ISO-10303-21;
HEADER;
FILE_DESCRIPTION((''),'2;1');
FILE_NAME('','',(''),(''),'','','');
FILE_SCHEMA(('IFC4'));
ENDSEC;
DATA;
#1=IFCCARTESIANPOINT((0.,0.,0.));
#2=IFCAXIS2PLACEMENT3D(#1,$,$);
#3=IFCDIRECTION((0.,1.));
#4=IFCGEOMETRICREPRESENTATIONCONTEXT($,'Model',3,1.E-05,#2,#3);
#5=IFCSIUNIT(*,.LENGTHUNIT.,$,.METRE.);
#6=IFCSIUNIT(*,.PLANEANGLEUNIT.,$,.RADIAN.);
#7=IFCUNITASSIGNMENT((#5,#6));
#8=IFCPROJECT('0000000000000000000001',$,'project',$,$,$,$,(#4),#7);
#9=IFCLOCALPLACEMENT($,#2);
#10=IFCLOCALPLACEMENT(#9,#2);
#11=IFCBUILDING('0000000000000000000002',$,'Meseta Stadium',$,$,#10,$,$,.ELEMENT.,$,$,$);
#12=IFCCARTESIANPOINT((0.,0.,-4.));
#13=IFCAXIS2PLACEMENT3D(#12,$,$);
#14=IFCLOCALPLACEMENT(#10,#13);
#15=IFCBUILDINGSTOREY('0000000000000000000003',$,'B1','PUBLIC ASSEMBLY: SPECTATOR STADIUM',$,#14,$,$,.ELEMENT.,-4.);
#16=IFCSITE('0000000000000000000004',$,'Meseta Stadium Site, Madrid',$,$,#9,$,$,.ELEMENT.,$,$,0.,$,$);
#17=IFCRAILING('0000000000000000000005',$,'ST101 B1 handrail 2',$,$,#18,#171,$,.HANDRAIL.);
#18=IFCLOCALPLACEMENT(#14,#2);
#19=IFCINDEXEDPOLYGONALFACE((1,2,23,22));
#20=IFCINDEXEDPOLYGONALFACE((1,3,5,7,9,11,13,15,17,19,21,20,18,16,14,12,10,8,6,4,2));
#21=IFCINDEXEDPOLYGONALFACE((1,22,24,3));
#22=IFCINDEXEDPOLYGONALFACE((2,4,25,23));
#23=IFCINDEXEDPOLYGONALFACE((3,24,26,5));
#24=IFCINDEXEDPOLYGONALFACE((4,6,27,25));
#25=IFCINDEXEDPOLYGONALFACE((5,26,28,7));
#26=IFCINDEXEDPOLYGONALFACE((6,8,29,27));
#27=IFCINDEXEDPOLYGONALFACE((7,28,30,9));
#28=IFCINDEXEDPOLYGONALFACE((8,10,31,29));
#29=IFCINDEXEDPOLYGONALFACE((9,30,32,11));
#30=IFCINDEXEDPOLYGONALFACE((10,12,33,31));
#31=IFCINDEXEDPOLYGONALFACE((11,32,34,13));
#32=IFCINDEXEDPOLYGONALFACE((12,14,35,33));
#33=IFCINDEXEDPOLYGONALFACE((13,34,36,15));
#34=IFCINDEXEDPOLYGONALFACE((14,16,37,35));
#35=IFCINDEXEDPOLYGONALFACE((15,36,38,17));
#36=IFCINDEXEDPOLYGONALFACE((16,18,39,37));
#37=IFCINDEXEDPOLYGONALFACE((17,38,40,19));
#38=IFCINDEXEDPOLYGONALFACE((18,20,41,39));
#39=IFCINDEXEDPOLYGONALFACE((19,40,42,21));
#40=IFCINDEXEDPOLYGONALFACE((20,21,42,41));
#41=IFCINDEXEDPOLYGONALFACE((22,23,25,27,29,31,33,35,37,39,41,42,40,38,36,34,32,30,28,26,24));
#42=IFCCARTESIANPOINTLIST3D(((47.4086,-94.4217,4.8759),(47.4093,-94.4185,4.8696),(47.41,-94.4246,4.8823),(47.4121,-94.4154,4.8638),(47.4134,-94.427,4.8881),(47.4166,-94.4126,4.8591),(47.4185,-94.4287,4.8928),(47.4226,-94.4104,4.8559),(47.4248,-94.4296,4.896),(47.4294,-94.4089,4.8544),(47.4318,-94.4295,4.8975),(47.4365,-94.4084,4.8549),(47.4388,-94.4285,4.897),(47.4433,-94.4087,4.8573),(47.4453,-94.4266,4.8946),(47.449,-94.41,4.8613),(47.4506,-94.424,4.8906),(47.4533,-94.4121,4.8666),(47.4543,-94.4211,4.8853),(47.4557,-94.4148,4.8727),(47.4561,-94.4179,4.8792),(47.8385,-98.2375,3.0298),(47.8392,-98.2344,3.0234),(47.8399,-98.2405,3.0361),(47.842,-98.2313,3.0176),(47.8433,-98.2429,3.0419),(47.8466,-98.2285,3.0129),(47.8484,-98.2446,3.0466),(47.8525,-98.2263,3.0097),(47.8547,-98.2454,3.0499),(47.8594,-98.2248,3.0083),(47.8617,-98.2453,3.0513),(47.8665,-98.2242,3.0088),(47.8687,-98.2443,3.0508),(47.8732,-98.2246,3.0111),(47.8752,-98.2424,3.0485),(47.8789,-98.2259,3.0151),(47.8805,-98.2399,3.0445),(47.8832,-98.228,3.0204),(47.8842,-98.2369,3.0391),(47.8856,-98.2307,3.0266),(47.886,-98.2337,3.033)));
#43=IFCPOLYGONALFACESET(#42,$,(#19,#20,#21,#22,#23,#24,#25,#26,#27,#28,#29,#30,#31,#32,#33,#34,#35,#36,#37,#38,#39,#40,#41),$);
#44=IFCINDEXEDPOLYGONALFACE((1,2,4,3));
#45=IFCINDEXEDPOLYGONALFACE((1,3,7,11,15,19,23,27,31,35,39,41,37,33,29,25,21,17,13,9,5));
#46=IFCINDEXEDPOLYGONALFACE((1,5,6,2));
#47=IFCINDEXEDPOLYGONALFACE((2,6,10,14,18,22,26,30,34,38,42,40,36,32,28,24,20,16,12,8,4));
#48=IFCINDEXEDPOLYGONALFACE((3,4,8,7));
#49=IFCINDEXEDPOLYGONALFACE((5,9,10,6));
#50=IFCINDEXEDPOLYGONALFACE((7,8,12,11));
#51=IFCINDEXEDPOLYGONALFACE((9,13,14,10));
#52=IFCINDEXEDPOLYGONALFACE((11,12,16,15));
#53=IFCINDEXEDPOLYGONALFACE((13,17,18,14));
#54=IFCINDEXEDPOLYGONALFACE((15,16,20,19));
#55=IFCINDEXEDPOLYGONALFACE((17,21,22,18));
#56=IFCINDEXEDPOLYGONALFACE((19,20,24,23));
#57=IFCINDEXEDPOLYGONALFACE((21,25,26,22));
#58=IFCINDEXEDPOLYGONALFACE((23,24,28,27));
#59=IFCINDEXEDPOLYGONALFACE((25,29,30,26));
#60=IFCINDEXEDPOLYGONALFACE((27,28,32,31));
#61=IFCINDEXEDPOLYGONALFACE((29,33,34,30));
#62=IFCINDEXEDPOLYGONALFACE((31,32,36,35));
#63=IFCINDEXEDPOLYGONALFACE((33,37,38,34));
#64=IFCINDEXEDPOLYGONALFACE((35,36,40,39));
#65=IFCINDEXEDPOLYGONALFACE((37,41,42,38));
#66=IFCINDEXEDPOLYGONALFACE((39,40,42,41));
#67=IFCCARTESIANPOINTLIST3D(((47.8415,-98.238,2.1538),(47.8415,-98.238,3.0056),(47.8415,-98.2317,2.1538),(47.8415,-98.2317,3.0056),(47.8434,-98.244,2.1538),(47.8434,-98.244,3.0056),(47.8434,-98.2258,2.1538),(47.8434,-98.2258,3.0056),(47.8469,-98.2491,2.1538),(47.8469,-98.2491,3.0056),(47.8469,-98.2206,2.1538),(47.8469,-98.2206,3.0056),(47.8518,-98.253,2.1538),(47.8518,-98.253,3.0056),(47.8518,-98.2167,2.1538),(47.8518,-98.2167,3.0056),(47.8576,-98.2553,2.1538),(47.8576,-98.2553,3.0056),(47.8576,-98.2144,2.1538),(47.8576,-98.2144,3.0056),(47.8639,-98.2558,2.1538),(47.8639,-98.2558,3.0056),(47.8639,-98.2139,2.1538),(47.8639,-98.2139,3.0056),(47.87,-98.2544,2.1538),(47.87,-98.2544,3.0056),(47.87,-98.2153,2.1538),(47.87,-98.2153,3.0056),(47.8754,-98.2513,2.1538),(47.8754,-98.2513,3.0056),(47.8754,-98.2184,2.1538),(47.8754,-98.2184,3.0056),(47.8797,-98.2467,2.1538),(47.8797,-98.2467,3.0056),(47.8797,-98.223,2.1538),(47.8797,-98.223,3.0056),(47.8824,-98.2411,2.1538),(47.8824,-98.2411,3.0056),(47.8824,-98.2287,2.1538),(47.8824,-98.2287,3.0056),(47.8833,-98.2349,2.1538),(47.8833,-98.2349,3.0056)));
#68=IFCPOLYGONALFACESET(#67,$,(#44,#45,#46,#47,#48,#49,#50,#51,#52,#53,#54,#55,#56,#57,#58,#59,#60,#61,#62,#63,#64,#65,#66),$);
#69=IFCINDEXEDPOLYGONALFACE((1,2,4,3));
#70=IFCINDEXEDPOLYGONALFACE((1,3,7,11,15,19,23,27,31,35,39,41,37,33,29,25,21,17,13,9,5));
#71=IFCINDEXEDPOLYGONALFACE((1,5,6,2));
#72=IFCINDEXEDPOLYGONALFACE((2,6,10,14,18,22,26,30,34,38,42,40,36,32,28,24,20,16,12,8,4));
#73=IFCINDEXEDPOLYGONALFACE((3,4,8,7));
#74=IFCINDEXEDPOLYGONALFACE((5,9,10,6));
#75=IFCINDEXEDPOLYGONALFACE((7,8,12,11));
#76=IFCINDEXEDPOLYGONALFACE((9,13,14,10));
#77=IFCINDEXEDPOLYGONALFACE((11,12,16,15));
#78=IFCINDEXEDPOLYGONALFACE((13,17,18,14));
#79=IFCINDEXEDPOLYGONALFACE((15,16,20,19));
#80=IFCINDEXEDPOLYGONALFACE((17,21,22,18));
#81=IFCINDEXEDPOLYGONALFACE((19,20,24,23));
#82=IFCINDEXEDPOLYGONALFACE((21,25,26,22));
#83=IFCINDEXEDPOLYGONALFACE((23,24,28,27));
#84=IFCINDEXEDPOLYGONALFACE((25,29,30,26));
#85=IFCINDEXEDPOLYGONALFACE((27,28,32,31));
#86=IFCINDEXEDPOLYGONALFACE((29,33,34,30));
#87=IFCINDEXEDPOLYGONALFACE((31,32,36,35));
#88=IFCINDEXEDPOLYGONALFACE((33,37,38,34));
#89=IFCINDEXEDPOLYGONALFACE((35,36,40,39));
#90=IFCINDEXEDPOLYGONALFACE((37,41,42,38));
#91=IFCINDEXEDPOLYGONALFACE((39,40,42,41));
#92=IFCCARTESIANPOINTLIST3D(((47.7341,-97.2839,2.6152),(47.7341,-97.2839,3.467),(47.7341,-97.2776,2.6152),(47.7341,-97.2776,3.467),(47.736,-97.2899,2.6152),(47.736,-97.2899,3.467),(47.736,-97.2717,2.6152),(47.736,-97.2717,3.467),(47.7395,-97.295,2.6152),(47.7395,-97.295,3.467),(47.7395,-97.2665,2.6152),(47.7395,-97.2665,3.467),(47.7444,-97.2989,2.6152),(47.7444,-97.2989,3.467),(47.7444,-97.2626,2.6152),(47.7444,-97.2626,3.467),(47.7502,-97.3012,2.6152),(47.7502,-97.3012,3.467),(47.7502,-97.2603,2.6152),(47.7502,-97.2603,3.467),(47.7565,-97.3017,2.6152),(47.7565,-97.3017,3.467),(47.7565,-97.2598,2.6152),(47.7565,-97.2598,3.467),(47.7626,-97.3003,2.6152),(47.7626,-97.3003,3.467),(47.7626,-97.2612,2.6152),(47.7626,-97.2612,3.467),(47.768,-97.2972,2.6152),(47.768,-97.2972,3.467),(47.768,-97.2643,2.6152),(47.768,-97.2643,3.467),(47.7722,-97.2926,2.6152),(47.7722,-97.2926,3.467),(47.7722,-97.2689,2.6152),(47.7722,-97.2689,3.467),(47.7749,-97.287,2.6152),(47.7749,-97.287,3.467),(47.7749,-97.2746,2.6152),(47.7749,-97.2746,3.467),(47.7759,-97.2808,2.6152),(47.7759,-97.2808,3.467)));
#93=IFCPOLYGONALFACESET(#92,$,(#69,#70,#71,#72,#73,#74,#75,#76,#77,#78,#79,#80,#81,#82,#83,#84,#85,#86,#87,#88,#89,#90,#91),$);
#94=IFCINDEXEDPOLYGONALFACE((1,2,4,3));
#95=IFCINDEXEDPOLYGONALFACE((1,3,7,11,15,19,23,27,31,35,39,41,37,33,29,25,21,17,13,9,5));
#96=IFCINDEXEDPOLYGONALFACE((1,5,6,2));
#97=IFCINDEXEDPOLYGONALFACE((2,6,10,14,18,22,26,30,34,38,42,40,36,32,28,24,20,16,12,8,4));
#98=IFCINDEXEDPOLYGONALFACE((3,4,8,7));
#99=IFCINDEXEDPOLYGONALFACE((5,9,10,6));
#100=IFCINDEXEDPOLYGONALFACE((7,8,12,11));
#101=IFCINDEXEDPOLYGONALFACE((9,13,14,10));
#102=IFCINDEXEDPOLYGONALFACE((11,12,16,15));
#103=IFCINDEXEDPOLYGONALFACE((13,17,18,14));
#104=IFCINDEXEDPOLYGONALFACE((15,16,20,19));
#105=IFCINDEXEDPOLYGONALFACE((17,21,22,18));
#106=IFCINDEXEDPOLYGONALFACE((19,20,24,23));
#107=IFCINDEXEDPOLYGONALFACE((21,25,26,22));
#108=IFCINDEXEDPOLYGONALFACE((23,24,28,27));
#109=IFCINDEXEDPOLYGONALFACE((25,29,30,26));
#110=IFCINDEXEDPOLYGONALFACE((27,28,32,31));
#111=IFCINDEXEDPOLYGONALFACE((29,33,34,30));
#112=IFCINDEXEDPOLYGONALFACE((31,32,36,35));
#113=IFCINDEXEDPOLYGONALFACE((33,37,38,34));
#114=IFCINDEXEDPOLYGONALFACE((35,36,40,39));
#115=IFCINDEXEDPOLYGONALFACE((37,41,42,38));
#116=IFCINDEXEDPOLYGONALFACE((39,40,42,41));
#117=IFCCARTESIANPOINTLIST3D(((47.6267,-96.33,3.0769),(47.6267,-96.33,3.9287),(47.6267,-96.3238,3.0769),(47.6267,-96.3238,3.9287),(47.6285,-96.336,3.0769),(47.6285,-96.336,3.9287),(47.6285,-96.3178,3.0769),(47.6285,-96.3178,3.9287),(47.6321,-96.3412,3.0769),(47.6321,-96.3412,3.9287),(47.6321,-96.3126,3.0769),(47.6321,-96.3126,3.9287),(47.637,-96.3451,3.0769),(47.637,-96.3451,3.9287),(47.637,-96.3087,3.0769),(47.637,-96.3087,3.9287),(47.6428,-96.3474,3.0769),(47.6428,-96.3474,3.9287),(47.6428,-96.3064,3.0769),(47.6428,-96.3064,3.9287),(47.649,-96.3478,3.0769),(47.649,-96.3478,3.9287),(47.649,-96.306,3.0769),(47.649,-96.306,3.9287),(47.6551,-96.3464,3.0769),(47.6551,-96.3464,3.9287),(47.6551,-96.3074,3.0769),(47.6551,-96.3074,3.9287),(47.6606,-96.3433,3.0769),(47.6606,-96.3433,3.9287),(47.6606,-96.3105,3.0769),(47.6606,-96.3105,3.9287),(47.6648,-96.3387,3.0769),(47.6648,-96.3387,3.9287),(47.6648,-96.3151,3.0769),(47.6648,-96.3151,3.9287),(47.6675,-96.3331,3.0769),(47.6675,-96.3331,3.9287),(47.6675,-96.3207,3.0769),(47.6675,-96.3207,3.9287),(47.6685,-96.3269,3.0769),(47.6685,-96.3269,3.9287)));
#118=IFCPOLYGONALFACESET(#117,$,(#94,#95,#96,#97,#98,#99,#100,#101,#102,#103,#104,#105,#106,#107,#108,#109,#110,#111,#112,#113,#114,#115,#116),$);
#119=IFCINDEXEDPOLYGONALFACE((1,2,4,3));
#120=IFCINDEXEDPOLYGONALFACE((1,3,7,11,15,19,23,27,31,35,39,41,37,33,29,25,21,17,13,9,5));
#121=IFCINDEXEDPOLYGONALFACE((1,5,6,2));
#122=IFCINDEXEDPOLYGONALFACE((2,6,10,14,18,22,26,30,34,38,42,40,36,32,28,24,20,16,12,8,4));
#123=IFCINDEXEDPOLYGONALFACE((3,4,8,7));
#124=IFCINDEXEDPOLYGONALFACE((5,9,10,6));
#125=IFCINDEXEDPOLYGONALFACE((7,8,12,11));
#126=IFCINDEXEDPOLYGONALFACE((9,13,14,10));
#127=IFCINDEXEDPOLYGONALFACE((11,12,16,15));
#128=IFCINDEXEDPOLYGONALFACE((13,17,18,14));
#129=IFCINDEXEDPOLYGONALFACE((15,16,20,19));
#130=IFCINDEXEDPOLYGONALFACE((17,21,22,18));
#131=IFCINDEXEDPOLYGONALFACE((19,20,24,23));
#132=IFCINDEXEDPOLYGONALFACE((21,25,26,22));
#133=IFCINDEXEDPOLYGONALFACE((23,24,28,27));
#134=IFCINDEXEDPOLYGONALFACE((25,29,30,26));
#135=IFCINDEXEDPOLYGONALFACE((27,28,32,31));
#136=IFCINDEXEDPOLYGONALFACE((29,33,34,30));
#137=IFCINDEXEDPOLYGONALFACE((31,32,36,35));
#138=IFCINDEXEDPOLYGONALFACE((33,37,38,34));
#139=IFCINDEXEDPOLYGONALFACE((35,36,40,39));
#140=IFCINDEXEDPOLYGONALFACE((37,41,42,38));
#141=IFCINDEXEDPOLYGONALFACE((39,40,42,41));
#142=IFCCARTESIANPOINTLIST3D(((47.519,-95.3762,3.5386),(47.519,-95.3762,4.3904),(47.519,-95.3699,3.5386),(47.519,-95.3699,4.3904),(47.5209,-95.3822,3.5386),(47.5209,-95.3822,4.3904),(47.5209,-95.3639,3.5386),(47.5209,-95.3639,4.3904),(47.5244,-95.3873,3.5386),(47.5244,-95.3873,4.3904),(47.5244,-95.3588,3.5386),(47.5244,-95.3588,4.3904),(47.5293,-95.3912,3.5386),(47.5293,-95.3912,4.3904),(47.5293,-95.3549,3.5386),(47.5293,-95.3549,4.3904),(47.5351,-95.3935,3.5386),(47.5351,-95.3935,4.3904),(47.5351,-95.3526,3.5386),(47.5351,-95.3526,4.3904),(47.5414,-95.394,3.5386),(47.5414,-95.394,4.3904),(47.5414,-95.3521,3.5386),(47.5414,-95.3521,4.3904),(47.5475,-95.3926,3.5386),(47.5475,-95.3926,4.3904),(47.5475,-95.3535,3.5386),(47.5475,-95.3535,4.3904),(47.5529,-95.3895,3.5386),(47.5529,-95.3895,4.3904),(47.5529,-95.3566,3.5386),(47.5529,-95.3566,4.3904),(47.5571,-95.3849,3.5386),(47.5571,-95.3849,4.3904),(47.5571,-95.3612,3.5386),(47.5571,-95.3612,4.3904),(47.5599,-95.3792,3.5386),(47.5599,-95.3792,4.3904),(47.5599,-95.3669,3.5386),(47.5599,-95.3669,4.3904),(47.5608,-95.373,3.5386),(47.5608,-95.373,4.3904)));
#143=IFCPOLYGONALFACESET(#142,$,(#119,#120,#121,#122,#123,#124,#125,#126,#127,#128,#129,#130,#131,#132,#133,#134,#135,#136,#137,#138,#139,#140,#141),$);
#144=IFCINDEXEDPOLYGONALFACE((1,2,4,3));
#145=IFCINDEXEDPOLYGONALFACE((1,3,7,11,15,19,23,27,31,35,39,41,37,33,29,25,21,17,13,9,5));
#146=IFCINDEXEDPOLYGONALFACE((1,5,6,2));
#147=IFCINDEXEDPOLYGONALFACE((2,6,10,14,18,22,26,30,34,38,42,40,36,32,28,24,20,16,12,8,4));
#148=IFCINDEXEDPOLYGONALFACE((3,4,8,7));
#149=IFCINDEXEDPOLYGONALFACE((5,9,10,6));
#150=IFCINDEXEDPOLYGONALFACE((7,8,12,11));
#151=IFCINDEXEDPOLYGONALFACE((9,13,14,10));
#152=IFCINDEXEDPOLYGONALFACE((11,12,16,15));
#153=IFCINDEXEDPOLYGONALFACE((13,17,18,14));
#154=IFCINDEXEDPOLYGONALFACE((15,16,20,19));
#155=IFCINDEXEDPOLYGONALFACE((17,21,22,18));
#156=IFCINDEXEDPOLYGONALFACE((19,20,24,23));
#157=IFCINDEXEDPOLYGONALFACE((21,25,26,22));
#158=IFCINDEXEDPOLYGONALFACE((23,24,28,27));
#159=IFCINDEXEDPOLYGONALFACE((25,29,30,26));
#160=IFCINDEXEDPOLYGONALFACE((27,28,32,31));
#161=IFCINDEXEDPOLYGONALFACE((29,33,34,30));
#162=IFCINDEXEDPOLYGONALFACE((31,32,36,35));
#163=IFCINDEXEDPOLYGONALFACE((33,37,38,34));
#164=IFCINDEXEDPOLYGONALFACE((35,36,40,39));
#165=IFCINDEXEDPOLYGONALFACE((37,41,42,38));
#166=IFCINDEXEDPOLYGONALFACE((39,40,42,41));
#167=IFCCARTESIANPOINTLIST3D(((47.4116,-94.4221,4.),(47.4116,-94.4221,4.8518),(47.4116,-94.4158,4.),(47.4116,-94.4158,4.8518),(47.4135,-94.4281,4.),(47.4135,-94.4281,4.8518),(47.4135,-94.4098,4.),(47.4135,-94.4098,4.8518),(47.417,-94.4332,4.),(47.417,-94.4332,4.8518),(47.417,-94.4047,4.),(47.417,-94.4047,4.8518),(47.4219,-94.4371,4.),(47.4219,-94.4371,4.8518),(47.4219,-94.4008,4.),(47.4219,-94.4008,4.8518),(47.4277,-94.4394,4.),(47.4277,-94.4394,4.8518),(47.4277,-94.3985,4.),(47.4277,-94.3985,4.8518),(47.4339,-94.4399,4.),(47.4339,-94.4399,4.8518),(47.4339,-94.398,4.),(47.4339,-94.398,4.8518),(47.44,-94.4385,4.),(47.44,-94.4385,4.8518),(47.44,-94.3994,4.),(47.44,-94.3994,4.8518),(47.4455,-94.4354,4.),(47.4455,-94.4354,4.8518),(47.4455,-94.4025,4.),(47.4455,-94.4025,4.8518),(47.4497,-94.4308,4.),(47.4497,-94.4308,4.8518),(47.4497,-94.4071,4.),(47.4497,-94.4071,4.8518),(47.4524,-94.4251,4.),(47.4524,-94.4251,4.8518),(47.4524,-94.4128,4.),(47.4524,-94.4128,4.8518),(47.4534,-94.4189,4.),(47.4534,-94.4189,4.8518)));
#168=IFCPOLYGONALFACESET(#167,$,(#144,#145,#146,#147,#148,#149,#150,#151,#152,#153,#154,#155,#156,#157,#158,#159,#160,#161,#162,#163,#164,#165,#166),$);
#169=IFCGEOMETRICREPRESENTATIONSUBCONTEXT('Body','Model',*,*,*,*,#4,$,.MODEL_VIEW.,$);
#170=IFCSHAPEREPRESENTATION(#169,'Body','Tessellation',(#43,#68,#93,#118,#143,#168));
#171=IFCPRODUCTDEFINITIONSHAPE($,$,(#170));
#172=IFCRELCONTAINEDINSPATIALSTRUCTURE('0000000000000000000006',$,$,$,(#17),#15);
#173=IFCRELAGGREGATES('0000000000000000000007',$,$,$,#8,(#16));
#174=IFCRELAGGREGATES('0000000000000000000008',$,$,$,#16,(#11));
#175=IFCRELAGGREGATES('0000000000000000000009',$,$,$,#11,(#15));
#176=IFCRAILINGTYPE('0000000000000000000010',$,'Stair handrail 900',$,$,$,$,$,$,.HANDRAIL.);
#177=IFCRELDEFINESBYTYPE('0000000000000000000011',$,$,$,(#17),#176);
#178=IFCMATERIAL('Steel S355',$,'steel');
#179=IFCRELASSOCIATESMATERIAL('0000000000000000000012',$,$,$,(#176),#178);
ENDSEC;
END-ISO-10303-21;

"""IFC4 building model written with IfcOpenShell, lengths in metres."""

from ifc_helpers import new_model, si_unit, direction, frame, origin, origin_2d, place, context, subcontext, project, spatial, circle, extrude, material, type_object, element, save


model = new_model("IFC4")

# Units and contexts
model_context = context("Model", 3, precision=1e-05, world=origin(), true_north=direction((0.0, 1.0)))
body_context = subcontext(model_context, "Body", "Model", "MODEL_VIEW")
ifc_project = project(units=[si_unit("LENGTHUNIT", "METRE"), si_unit("PLANEANGLEUNIT", "RADIAN")], contexts=[model_context])

# Site, building, storey
site_placement = place(None, origin())
site = spatial("IfcSite", under=ifc_project, at=site_placement, Name="Meseta Stadium Site, Madrid", CompositionType="ELEMENT", RefElevation=0.0)
building_placement = place(site_placement, origin())
building = spatial("IfcBuilding", under=site, at=building_placement, Name="Meseta Stadium", CompositionType="ELEMENT")
storey_placement = place(building_placement, frame((0.0, 0.0, -4.0)))
storey = spatial("IfcBuildingStorey", under=building, at=storey_placement, Name="B1", Description="PUBLIC ASSEMBLY: SPECTATOR STADIUM", CompositionType="ELEMENT", Elevation=-4.0)

# Railing
ifc_material_1 = material(Name="Steel S355", Category="steel")
railing_type_1 = type_object("IfcRailingType", Name="Stair handrail 900", PredefinedType="HANDRAIL", material=ifc_material_1)
railing_1_placement = place(storey_placement, frame((47.8623, -98.2349, 2.1538)))
element("IfcRailing", 1, at=railing_1_placement, inside=storey, type_object=railing_type_1, Name="ST101 B1 handrail 2", PredefinedType="HANDRAIL", context=body_context, shape_type="SweptSolid", body=[
    extrude(circle(Radius=0.0239, at=origin_2d()), frame((0.0, 0.0, 0.876), z_axis=(-0.100904, 0.895585, 0.433296), x_axis=(-0.993713, -0.11196, 0.0)), (0.0, 0.0, 1.0), 4.2607),
    extrude(circle(Radius=0.021, at=origin_2d()), origin(), (0.0, 0.0, 1.0), 0.8518),
    extrude(circle(Radius=0.021, at=origin_2d()), frame((-0.1074, 0.9541, 0.4614)), (0.0, 0.0, 1.0), 0.8518),
    extrude(circle(Radius=0.021, at=origin_2d()), frame((-0.2148, 1.908, 0.9231)), (0.0, 0.0, 1.0), 0.8518),
    extrude(circle(Radius=0.021, at=origin_2d()), frame((-0.3225, 2.8618, 1.3848)), (0.0, 0.0, 1.0), 0.8518),
    extrude(circle(Radius=0.021, at=origin_2d()), frame((-0.4299, 3.8159, 1.8462)), (0.0, 0.0, 1.0), 0.8518),
])

save(model, "model.ifc")
